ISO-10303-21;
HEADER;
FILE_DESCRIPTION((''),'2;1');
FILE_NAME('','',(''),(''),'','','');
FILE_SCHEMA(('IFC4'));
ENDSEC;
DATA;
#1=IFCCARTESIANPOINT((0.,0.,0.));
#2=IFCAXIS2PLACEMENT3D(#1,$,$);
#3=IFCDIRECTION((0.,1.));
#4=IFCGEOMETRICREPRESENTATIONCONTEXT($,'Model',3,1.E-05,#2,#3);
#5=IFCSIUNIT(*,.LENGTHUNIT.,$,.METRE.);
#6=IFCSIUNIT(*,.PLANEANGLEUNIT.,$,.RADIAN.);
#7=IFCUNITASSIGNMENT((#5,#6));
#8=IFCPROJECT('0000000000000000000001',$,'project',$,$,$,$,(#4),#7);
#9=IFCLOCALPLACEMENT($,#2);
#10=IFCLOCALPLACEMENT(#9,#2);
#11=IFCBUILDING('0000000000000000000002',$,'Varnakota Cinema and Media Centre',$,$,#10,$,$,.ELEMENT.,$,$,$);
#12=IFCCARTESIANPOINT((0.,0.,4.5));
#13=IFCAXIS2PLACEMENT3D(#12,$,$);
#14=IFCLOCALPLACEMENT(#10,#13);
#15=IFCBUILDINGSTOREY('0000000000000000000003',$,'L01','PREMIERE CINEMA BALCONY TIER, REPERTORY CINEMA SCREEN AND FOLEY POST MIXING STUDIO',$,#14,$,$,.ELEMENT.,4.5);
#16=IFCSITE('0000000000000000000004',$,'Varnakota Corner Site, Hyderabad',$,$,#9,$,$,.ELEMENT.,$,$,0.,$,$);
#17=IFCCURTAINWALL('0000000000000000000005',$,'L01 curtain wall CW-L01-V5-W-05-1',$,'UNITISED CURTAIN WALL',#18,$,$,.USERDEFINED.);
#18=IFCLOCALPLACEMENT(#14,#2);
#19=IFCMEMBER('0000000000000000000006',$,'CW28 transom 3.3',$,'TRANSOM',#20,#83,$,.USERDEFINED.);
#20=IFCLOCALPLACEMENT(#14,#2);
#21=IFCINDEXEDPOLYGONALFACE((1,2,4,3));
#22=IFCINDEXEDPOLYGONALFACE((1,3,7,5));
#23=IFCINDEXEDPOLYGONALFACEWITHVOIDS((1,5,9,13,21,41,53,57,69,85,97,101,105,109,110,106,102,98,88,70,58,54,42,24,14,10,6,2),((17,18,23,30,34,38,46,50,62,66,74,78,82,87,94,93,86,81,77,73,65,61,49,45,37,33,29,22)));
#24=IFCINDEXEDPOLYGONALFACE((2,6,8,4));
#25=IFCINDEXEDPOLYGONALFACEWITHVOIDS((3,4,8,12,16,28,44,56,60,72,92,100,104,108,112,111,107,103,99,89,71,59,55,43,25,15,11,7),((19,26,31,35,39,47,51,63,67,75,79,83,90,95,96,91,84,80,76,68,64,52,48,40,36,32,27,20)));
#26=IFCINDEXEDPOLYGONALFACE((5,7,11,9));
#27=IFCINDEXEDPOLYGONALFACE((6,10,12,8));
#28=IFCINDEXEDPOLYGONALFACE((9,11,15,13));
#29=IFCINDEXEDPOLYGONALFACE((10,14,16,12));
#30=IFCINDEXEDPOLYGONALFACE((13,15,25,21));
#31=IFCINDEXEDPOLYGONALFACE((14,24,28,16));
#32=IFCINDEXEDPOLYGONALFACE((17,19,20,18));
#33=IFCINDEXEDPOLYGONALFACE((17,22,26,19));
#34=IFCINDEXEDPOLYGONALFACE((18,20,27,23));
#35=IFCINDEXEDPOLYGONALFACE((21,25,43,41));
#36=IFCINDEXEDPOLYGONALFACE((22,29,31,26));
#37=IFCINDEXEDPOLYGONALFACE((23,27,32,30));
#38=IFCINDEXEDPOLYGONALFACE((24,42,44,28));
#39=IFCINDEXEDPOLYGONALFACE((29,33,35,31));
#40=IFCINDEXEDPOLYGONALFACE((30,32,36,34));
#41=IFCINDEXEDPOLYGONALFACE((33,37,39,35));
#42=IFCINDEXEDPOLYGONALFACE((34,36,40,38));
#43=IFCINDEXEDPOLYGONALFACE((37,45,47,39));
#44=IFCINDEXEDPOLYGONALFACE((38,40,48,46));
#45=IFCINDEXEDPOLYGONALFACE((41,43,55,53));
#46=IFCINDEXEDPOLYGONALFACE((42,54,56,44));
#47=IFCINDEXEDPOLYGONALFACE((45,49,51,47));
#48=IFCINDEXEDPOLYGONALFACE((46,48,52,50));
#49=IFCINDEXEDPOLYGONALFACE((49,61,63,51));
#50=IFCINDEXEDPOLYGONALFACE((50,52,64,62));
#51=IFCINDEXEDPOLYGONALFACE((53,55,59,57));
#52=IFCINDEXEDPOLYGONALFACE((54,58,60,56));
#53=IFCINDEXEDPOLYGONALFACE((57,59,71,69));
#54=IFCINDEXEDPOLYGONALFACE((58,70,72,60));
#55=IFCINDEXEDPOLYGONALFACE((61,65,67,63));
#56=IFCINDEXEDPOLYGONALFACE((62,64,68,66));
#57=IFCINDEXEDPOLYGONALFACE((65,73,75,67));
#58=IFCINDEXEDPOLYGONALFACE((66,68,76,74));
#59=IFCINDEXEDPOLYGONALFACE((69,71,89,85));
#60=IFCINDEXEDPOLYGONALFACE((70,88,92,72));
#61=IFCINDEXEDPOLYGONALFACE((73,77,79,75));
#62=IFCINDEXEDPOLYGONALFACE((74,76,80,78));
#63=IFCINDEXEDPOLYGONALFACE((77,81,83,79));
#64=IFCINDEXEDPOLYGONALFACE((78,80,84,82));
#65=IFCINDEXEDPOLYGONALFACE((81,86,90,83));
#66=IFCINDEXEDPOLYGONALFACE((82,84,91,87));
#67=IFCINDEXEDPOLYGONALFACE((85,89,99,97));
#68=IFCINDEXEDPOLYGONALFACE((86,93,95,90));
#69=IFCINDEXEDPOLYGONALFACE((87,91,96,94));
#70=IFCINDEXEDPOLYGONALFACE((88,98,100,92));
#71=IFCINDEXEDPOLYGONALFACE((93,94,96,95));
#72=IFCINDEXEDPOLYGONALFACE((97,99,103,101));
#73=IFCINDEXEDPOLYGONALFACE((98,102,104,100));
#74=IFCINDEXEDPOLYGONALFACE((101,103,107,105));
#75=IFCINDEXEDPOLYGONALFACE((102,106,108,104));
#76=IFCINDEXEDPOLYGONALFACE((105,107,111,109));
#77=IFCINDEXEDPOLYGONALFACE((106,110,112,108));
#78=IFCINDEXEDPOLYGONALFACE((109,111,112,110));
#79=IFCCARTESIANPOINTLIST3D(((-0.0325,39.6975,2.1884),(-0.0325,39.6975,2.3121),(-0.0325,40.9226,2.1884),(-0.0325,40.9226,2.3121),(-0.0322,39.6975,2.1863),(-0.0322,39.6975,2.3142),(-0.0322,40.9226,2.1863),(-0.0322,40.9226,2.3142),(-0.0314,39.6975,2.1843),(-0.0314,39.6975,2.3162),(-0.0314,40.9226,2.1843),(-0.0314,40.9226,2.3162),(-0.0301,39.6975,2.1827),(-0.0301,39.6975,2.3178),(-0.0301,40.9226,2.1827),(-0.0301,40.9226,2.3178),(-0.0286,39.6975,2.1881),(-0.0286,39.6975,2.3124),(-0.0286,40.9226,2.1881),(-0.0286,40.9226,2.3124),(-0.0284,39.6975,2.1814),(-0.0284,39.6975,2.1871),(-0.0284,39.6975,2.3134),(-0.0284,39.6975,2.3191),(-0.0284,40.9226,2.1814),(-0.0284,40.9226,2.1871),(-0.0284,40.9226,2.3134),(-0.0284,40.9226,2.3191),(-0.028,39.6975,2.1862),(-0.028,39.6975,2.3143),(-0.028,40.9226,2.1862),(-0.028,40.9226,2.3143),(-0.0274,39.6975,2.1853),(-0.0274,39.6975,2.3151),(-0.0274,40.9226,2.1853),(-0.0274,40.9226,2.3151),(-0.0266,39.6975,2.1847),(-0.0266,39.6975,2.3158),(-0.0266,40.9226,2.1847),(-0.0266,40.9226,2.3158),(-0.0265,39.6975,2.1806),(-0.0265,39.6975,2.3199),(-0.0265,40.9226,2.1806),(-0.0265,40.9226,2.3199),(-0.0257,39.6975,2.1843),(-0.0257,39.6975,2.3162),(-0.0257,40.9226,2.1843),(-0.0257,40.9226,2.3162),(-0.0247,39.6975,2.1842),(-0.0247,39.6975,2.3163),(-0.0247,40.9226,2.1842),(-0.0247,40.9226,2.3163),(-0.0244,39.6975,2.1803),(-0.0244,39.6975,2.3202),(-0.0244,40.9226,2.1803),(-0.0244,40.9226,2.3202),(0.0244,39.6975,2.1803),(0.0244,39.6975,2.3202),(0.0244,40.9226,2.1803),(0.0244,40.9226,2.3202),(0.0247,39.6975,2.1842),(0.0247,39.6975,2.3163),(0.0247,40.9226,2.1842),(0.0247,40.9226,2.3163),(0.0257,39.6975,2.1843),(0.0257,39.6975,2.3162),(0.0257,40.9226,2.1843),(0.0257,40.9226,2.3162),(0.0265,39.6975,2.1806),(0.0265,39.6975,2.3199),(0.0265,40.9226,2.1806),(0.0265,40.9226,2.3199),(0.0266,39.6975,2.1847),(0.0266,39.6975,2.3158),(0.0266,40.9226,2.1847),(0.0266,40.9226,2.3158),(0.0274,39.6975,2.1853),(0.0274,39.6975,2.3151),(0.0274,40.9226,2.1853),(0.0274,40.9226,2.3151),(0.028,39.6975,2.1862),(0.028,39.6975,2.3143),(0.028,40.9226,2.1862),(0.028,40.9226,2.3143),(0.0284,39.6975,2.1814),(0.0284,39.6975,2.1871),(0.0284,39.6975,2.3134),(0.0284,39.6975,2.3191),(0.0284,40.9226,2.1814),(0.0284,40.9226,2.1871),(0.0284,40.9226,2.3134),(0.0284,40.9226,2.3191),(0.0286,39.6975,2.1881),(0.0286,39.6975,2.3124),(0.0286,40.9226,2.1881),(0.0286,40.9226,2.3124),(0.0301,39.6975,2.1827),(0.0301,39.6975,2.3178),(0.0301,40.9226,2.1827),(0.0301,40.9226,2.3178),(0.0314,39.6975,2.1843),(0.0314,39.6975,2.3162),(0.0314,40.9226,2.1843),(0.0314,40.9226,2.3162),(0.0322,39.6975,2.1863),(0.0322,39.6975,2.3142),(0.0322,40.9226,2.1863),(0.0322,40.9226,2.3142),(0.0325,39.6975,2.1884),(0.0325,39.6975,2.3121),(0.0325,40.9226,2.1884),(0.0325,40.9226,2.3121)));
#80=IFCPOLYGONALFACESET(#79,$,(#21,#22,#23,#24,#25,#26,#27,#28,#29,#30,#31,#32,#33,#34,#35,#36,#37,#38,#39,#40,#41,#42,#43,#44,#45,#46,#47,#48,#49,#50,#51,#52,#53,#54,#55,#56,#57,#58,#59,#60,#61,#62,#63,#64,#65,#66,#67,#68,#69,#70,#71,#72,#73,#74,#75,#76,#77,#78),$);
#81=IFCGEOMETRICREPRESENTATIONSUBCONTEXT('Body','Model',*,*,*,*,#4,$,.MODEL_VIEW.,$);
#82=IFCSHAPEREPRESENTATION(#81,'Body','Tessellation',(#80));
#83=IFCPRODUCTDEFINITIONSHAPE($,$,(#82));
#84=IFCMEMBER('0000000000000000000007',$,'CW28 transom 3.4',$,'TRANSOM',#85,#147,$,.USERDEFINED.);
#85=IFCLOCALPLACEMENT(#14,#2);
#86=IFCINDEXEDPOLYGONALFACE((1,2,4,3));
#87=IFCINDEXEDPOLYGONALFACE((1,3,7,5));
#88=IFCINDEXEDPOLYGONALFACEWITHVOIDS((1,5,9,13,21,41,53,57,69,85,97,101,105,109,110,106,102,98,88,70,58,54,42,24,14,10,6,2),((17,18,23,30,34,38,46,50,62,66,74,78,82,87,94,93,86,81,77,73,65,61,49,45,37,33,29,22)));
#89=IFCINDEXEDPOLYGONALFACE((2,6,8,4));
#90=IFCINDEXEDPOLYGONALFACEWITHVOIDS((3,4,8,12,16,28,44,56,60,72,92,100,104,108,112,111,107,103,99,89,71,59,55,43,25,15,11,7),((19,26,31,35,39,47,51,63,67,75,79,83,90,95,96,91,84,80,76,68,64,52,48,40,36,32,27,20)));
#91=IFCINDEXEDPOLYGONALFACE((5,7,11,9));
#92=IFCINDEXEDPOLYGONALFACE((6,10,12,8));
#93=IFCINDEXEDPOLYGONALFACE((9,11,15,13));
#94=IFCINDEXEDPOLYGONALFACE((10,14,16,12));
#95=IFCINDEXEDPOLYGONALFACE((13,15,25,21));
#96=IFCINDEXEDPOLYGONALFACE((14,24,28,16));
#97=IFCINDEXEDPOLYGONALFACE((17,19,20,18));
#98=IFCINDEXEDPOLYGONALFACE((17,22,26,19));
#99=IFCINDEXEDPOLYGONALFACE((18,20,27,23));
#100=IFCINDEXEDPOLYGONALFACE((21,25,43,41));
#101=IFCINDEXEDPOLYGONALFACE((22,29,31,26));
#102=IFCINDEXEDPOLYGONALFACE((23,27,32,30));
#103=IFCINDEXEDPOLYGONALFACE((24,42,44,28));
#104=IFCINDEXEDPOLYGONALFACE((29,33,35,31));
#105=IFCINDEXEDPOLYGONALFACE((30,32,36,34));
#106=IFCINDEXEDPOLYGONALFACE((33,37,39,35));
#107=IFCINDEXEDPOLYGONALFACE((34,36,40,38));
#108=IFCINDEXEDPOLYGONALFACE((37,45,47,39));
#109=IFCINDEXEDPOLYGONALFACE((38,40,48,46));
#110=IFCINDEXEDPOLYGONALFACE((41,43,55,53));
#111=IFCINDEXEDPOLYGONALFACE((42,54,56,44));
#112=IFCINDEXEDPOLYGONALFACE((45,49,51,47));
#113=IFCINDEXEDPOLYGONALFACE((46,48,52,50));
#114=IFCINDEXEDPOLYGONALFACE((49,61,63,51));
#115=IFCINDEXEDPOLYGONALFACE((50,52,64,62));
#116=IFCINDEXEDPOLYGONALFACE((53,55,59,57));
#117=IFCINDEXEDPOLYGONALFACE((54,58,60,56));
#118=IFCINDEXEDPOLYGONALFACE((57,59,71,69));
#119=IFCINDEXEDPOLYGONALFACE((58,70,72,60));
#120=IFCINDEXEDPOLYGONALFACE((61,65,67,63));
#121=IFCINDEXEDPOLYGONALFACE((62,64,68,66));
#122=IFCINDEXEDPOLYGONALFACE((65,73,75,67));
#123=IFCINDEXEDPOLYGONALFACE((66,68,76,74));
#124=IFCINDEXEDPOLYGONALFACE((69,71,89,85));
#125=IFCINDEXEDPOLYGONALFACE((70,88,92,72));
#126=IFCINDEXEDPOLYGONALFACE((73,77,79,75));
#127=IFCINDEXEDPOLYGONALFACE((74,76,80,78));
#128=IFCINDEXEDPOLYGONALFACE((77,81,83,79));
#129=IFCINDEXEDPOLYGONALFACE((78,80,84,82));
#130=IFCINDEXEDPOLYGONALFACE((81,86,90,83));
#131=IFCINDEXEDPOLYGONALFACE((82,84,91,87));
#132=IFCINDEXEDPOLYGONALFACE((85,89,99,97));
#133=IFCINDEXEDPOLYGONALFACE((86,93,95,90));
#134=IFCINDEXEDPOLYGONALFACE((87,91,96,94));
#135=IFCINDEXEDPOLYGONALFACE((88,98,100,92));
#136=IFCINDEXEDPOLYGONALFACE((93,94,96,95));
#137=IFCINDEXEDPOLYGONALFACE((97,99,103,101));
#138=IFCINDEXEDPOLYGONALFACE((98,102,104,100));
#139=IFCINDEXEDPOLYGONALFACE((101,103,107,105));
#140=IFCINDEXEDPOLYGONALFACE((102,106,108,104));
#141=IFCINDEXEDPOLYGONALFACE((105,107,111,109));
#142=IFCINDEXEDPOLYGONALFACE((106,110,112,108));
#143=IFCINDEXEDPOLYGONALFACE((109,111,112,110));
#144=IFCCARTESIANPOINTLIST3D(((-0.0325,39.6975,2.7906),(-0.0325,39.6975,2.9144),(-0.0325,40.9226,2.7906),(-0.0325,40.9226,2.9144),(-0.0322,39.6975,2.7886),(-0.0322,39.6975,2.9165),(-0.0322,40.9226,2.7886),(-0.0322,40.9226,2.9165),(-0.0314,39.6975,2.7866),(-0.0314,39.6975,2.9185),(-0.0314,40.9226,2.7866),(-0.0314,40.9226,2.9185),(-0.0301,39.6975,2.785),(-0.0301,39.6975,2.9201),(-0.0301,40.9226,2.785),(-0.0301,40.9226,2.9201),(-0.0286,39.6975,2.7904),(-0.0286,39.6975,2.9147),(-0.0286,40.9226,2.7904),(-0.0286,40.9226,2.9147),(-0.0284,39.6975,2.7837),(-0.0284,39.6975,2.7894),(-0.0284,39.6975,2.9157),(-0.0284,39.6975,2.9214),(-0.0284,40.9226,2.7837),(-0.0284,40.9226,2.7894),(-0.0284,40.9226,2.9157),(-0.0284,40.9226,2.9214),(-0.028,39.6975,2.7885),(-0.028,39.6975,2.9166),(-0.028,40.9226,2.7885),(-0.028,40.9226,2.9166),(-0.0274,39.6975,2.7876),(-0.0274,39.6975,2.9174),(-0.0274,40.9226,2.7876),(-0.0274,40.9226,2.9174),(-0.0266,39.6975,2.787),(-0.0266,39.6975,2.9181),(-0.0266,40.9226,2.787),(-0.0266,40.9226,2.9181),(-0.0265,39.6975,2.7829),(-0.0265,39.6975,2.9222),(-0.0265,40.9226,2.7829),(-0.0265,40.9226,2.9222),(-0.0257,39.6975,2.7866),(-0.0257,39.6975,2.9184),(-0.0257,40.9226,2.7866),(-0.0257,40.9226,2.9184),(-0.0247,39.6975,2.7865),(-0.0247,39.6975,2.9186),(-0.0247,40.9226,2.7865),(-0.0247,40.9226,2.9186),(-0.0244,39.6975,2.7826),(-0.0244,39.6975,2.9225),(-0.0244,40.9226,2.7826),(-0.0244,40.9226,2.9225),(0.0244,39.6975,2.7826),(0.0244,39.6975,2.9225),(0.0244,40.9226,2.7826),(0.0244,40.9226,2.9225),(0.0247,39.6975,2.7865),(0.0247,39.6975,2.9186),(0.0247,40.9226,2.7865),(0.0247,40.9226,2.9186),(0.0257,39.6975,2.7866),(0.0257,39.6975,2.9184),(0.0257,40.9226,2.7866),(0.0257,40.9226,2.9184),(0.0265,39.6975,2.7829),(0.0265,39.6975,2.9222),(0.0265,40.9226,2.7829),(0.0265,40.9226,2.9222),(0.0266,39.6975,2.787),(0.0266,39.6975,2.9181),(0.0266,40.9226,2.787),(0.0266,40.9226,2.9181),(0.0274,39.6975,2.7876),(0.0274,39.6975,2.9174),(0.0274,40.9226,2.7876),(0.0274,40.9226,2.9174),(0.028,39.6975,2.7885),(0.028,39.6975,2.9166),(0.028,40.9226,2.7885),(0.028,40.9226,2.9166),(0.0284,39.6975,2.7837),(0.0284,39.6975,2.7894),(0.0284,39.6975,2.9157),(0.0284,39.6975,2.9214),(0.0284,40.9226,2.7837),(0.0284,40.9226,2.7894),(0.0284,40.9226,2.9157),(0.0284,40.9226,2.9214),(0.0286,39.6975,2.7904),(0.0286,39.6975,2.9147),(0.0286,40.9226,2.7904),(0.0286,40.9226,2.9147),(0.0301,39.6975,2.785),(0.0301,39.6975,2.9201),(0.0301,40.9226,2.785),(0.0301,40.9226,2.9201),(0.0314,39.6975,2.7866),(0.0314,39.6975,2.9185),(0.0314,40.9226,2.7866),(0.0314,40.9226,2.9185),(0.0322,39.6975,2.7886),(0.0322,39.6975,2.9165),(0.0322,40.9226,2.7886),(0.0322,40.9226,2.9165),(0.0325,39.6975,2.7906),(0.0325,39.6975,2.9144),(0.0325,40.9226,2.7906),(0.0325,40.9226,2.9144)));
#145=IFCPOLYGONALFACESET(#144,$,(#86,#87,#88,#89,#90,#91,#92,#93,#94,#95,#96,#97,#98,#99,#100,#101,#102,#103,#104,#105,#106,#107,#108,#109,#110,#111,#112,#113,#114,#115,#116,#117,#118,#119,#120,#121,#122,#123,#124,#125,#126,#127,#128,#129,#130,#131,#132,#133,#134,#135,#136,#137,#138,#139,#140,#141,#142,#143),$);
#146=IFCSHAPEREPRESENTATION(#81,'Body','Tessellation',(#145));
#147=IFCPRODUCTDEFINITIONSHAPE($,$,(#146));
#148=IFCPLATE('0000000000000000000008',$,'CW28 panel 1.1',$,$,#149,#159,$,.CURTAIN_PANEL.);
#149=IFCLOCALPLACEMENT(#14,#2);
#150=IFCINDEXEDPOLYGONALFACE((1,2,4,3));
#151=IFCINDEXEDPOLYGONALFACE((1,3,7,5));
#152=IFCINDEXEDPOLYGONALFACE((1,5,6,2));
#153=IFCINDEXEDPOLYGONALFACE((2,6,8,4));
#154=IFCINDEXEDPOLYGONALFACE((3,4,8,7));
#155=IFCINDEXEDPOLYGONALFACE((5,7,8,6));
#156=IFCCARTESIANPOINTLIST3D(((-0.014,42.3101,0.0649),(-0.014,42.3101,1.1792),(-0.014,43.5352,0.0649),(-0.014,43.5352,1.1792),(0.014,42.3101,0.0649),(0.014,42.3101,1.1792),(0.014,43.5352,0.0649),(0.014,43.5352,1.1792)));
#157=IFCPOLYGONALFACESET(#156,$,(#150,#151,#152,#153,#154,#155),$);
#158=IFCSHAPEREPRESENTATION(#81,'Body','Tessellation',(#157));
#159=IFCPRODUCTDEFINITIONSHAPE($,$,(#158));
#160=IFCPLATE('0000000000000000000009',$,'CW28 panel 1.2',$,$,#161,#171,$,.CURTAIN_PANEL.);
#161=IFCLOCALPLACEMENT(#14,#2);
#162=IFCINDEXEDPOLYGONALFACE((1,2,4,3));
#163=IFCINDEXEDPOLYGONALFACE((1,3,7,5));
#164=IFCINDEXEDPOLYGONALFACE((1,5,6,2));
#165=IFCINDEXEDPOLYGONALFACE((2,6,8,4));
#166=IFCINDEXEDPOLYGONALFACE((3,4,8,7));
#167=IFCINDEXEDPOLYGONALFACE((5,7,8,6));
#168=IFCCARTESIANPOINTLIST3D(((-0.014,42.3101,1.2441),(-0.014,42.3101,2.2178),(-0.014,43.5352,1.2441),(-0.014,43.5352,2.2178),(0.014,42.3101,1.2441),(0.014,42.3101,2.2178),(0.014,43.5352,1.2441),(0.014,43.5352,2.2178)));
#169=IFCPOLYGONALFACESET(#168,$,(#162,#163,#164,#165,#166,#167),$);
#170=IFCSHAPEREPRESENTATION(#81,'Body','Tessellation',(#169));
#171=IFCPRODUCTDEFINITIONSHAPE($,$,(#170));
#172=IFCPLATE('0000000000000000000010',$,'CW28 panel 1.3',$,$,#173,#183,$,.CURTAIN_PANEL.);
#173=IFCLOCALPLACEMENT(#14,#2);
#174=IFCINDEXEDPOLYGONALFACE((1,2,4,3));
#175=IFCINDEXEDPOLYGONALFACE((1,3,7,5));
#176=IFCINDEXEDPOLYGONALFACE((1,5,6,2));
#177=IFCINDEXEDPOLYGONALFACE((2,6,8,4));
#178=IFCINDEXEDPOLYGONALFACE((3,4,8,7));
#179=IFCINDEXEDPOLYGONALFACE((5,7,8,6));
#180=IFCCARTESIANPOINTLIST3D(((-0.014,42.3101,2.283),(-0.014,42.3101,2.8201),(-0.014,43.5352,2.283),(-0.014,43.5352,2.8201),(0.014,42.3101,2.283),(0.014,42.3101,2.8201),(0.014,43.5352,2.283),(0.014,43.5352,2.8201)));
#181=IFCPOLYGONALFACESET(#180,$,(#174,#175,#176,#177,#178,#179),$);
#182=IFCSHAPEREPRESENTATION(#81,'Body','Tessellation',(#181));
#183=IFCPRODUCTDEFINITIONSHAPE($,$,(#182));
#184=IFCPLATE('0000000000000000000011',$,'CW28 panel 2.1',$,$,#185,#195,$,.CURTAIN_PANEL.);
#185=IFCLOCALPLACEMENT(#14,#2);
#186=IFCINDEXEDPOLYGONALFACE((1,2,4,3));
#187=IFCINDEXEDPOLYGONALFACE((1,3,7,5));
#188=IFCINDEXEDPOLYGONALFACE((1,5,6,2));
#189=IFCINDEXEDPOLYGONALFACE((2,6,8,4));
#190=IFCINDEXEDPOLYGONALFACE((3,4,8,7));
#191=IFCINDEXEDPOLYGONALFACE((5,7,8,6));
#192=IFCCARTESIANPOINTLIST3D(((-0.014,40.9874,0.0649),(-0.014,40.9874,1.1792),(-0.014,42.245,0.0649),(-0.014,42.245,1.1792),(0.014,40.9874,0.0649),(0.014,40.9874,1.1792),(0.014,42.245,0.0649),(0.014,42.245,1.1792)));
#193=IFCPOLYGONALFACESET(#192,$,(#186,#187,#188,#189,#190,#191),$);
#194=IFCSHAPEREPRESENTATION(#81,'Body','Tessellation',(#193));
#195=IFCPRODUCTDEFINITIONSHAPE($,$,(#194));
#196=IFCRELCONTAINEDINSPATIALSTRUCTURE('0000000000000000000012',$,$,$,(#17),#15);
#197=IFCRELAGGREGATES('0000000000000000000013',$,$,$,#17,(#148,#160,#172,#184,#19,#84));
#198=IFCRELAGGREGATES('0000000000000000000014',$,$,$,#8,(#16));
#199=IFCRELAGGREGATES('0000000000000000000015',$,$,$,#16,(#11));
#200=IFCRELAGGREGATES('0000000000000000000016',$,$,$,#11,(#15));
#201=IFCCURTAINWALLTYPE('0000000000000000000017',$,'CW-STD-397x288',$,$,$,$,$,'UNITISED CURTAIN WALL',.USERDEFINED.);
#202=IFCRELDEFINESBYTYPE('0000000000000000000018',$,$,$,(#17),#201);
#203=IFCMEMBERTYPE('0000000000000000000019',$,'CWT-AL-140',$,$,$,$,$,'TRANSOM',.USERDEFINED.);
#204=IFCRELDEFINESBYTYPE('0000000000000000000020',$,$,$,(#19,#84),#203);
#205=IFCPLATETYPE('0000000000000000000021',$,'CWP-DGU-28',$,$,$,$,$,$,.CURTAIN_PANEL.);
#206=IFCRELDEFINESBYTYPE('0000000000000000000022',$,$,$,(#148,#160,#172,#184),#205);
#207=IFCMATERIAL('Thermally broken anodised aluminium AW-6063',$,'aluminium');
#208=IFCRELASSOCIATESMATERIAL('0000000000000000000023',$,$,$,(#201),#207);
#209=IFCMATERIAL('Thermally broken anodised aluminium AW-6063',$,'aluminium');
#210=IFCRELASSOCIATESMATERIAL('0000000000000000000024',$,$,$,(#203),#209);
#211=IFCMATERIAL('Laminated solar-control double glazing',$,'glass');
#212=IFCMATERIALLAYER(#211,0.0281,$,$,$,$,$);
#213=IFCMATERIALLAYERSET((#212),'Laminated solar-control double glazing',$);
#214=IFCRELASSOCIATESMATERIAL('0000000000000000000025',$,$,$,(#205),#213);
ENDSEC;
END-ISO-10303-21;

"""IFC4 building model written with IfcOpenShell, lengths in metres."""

from ifc_helpers import new_model, si_unit, direction, frame, origin, origin_2d, place, context, subcontext, project, spatial, rectangle, hollow_rectangle, extrude, material, layer, layer_set, material_profile, profile_set, type_object, element, aggregate, save


model = new_model("IFC4")

# Units and contexts
model_context = context("Model", 3, precision=1e-05, world=origin(), true_north=direction((0.0, 1.0)))
body_context = subcontext(model_context, "Body", "Model", "MODEL_VIEW")
ifc_project = project(units=[si_unit("LENGTHUNIT", "METRE"), si_unit("PLANEANGLEUNIT", "RADIAN")], contexts=[model_context])

# Site, building, storey
site_placement = place(None, origin())
site = spatial("IfcSite", under=ifc_project, at=site_placement, Name="Varnakota Corner Site, Hyderabad", CompositionType="ELEMENT", RefElevation=0.0)
building_placement = place(site_placement, origin())
building = spatial("IfcBuilding", under=site, at=building_placement, Name="Varnakota Cinema and Media Centre", CompositionType="ELEMENT")
storey_placement = place(building_placement, frame((0.0, 0.0, 4.5)))
storey = spatial("IfcBuildingStorey", under=building, at=storey_placement, Name="L01", Description="PREMIERE CINEMA BALCONY TIER, REPERTORY CINEMA SCREEN AND FOLEY POST MIXING STUDIO", CompositionType="ELEMENT", Elevation=4.5)

# Curtain wall, members, plates
ifc_material_1 = material(Name="Thermally broken anodised aluminium AW-6063", Category="aluminium")
curtain_wall_type = type_object("IfcCurtainWallType", Name="CW-STD-397x288", ElementType="UNITISED CURTAIN WALL", PredefinedType="USERDEFINED", material=ifc_material_1)
curtain_wall_placement = place(storey_placement, origin())
curtain_wall = element("IfcCurtainWall", 1, at=curtain_wall_placement, inside=storey, type_object=curtain_wall_type, Name="L01 curtain wall CW-L01-V5-W-05-1", ObjectType="UNITISED CURTAIN WALL", PredefinedType="USERDEFINED")
ifc_material_2 = material(Name="Thermally broken anodised aluminium AW-6063", Category="aluminium")
ifc_material_profile_1 = material_profile(ifc_material_2, hollow_rectangle(XDim=0.0649, YDim=0.1399, WallThickness=0.0039, InnerFilletRadius=0.0039, OuterFilletRadius=0.0081, at=origin_2d()), Name="AL-TRANSOM 140x65x4")
ifc_profile_set_1 = profile_set([ifc_material_profile_1], Name="Thermally broken anodised aluminium AW-6063")
member_type_1 = type_object("IfcMemberType", Name="CWT-AL-140", ElementType="TRANSOM", PredefinedType="USERDEFINED", material=ifc_profile_set_1)
member_1_placement = place(storey_placement, frame((0.0, 40.9226, 2.2502), z_axis=(0.0, -1.0, 0.0), x_axis=(1.0, 0.0, 0.0)))
member_1 = element("IfcMember", 2, at=member_1_placement, type_object=member_type_1, Name="CW28 transom 3.3", ObjectType="TRANSOM", PredefinedType="USERDEFINED", context=body_context, shape_type="SweptSolid", body=[
    extrude(hollow_rectangle(XDim=0.0649, YDim=0.1399, WallThickness=0.0039, InnerFilletRadius=0.0039, OuterFilletRadius=0.0081, at=origin_2d()), origin(), (0.0, 0.0, 1.0), 1.2251),
])
member_2_placement = place(storey_placement, frame((0.0, 40.9226, 2.8525), z_axis=(0.0, -1.0, 0.0), x_axis=(1.0, 0.0, 0.0)))
member_2 = element("IfcMember", 3, at=member_2_placement, type_object=member_type_1, Name="CW28 transom 3.4", ObjectType="TRANSOM", PredefinedType="USERDEFINED", context=body_context, shape_type="SweptSolid", body=[
    extrude(hollow_rectangle(XDim=0.0649, YDim=0.1399, WallThickness=0.0039, InnerFilletRadius=0.0039, OuterFilletRadius=0.0081, at=origin_2d()), origin(), (0.0, 0.0, 1.0), 1.2251),
])
ifc_material_3 = material(Name="Laminated solar-control double glazing", Category="glass")
ifc_layer_1 = layer(ifc_material_3, 0.0281)
ifc_layer_set_1 = layer_set([ifc_layer_1], Name="Laminated solar-control double glazing")
plate_type = type_object("IfcPlateType", Name="CWP-DGU-28", PredefinedType="CURTAIN_PANEL", material=ifc_layer_set_1)
plate_1_placement = place(storey_placement, frame((0.0, 42.9226, 0.0649), z_axis=(0.0, 0.0, 1.0), x_axis=(0.0, -1.0, 0.0)))
plate_1 = element("IfcPlate", 4, at=plate_1_placement, type_object=plate_type, Name="CW28 panel 1.1", PredefinedType="CURTAIN_PANEL", context=body_context, shape_type="SweptSolid", body=[
    extrude(rectangle(XDim=1.2251, YDim=0.0281, at=origin_2d()), origin(), (0.0, 0.0, 1.0), 1.1143),
])
plate_2_placement = place(storey_placement, frame((0.0, 42.9226, 1.2441), z_axis=(0.0, 0.0, 1.0), x_axis=(0.0, -1.0, 0.0)))
plate_2 = element("IfcPlate", 5, at=plate_2_placement, type_object=plate_type, Name="CW28 panel 1.2", PredefinedType="CURTAIN_PANEL", context=body_context, shape_type="SweptSolid", body=[
    extrude(rectangle(XDim=1.2251, YDim=0.0281, at=origin_2d()), origin(), (0.0, 0.0, 1.0), 0.9736),
])
plate_3_placement = place(storey_placement, frame((0.0, 42.9226, 2.283), z_axis=(0.0, 0.0, 1.0), x_axis=(0.0, -1.0, 0.0)))
plate_3 = element("IfcPlate", 6, at=plate_3_placement, type_object=plate_type, Name="CW28 panel 1.3", PredefinedType="CURTAIN_PANEL", context=body_context, shape_type="SweptSolid", body=[
    extrude(rectangle(XDim=1.2251, YDim=0.0281, at=origin_2d()), origin(), (0.0, 0.0, 1.0), 0.5371),
])
plate_4_placement = place(storey_placement, frame((0.0, 41.6162, 0.0649), z_axis=(0.0, 0.0, 1.0), x_axis=(0.0, -1.0, 0.0)))
plate_4 = element("IfcPlate", 7, at=plate_4_placement, type_object=plate_type, Name="CW28 panel 2.1", PredefinedType="CURTAIN_PANEL", context=body_context, shape_type="SweptSolid", body=[
    extrude(rectangle(XDim=1.2576, YDim=0.0281, at=origin_2d()), origin(), (0.0, 0.0, 1.0), 1.1143),
])
aggregate(curtain_wall, [plate_1, plate_2, plate_3, plate_4, member_1, member_2])

save(model, "model.ifc")
